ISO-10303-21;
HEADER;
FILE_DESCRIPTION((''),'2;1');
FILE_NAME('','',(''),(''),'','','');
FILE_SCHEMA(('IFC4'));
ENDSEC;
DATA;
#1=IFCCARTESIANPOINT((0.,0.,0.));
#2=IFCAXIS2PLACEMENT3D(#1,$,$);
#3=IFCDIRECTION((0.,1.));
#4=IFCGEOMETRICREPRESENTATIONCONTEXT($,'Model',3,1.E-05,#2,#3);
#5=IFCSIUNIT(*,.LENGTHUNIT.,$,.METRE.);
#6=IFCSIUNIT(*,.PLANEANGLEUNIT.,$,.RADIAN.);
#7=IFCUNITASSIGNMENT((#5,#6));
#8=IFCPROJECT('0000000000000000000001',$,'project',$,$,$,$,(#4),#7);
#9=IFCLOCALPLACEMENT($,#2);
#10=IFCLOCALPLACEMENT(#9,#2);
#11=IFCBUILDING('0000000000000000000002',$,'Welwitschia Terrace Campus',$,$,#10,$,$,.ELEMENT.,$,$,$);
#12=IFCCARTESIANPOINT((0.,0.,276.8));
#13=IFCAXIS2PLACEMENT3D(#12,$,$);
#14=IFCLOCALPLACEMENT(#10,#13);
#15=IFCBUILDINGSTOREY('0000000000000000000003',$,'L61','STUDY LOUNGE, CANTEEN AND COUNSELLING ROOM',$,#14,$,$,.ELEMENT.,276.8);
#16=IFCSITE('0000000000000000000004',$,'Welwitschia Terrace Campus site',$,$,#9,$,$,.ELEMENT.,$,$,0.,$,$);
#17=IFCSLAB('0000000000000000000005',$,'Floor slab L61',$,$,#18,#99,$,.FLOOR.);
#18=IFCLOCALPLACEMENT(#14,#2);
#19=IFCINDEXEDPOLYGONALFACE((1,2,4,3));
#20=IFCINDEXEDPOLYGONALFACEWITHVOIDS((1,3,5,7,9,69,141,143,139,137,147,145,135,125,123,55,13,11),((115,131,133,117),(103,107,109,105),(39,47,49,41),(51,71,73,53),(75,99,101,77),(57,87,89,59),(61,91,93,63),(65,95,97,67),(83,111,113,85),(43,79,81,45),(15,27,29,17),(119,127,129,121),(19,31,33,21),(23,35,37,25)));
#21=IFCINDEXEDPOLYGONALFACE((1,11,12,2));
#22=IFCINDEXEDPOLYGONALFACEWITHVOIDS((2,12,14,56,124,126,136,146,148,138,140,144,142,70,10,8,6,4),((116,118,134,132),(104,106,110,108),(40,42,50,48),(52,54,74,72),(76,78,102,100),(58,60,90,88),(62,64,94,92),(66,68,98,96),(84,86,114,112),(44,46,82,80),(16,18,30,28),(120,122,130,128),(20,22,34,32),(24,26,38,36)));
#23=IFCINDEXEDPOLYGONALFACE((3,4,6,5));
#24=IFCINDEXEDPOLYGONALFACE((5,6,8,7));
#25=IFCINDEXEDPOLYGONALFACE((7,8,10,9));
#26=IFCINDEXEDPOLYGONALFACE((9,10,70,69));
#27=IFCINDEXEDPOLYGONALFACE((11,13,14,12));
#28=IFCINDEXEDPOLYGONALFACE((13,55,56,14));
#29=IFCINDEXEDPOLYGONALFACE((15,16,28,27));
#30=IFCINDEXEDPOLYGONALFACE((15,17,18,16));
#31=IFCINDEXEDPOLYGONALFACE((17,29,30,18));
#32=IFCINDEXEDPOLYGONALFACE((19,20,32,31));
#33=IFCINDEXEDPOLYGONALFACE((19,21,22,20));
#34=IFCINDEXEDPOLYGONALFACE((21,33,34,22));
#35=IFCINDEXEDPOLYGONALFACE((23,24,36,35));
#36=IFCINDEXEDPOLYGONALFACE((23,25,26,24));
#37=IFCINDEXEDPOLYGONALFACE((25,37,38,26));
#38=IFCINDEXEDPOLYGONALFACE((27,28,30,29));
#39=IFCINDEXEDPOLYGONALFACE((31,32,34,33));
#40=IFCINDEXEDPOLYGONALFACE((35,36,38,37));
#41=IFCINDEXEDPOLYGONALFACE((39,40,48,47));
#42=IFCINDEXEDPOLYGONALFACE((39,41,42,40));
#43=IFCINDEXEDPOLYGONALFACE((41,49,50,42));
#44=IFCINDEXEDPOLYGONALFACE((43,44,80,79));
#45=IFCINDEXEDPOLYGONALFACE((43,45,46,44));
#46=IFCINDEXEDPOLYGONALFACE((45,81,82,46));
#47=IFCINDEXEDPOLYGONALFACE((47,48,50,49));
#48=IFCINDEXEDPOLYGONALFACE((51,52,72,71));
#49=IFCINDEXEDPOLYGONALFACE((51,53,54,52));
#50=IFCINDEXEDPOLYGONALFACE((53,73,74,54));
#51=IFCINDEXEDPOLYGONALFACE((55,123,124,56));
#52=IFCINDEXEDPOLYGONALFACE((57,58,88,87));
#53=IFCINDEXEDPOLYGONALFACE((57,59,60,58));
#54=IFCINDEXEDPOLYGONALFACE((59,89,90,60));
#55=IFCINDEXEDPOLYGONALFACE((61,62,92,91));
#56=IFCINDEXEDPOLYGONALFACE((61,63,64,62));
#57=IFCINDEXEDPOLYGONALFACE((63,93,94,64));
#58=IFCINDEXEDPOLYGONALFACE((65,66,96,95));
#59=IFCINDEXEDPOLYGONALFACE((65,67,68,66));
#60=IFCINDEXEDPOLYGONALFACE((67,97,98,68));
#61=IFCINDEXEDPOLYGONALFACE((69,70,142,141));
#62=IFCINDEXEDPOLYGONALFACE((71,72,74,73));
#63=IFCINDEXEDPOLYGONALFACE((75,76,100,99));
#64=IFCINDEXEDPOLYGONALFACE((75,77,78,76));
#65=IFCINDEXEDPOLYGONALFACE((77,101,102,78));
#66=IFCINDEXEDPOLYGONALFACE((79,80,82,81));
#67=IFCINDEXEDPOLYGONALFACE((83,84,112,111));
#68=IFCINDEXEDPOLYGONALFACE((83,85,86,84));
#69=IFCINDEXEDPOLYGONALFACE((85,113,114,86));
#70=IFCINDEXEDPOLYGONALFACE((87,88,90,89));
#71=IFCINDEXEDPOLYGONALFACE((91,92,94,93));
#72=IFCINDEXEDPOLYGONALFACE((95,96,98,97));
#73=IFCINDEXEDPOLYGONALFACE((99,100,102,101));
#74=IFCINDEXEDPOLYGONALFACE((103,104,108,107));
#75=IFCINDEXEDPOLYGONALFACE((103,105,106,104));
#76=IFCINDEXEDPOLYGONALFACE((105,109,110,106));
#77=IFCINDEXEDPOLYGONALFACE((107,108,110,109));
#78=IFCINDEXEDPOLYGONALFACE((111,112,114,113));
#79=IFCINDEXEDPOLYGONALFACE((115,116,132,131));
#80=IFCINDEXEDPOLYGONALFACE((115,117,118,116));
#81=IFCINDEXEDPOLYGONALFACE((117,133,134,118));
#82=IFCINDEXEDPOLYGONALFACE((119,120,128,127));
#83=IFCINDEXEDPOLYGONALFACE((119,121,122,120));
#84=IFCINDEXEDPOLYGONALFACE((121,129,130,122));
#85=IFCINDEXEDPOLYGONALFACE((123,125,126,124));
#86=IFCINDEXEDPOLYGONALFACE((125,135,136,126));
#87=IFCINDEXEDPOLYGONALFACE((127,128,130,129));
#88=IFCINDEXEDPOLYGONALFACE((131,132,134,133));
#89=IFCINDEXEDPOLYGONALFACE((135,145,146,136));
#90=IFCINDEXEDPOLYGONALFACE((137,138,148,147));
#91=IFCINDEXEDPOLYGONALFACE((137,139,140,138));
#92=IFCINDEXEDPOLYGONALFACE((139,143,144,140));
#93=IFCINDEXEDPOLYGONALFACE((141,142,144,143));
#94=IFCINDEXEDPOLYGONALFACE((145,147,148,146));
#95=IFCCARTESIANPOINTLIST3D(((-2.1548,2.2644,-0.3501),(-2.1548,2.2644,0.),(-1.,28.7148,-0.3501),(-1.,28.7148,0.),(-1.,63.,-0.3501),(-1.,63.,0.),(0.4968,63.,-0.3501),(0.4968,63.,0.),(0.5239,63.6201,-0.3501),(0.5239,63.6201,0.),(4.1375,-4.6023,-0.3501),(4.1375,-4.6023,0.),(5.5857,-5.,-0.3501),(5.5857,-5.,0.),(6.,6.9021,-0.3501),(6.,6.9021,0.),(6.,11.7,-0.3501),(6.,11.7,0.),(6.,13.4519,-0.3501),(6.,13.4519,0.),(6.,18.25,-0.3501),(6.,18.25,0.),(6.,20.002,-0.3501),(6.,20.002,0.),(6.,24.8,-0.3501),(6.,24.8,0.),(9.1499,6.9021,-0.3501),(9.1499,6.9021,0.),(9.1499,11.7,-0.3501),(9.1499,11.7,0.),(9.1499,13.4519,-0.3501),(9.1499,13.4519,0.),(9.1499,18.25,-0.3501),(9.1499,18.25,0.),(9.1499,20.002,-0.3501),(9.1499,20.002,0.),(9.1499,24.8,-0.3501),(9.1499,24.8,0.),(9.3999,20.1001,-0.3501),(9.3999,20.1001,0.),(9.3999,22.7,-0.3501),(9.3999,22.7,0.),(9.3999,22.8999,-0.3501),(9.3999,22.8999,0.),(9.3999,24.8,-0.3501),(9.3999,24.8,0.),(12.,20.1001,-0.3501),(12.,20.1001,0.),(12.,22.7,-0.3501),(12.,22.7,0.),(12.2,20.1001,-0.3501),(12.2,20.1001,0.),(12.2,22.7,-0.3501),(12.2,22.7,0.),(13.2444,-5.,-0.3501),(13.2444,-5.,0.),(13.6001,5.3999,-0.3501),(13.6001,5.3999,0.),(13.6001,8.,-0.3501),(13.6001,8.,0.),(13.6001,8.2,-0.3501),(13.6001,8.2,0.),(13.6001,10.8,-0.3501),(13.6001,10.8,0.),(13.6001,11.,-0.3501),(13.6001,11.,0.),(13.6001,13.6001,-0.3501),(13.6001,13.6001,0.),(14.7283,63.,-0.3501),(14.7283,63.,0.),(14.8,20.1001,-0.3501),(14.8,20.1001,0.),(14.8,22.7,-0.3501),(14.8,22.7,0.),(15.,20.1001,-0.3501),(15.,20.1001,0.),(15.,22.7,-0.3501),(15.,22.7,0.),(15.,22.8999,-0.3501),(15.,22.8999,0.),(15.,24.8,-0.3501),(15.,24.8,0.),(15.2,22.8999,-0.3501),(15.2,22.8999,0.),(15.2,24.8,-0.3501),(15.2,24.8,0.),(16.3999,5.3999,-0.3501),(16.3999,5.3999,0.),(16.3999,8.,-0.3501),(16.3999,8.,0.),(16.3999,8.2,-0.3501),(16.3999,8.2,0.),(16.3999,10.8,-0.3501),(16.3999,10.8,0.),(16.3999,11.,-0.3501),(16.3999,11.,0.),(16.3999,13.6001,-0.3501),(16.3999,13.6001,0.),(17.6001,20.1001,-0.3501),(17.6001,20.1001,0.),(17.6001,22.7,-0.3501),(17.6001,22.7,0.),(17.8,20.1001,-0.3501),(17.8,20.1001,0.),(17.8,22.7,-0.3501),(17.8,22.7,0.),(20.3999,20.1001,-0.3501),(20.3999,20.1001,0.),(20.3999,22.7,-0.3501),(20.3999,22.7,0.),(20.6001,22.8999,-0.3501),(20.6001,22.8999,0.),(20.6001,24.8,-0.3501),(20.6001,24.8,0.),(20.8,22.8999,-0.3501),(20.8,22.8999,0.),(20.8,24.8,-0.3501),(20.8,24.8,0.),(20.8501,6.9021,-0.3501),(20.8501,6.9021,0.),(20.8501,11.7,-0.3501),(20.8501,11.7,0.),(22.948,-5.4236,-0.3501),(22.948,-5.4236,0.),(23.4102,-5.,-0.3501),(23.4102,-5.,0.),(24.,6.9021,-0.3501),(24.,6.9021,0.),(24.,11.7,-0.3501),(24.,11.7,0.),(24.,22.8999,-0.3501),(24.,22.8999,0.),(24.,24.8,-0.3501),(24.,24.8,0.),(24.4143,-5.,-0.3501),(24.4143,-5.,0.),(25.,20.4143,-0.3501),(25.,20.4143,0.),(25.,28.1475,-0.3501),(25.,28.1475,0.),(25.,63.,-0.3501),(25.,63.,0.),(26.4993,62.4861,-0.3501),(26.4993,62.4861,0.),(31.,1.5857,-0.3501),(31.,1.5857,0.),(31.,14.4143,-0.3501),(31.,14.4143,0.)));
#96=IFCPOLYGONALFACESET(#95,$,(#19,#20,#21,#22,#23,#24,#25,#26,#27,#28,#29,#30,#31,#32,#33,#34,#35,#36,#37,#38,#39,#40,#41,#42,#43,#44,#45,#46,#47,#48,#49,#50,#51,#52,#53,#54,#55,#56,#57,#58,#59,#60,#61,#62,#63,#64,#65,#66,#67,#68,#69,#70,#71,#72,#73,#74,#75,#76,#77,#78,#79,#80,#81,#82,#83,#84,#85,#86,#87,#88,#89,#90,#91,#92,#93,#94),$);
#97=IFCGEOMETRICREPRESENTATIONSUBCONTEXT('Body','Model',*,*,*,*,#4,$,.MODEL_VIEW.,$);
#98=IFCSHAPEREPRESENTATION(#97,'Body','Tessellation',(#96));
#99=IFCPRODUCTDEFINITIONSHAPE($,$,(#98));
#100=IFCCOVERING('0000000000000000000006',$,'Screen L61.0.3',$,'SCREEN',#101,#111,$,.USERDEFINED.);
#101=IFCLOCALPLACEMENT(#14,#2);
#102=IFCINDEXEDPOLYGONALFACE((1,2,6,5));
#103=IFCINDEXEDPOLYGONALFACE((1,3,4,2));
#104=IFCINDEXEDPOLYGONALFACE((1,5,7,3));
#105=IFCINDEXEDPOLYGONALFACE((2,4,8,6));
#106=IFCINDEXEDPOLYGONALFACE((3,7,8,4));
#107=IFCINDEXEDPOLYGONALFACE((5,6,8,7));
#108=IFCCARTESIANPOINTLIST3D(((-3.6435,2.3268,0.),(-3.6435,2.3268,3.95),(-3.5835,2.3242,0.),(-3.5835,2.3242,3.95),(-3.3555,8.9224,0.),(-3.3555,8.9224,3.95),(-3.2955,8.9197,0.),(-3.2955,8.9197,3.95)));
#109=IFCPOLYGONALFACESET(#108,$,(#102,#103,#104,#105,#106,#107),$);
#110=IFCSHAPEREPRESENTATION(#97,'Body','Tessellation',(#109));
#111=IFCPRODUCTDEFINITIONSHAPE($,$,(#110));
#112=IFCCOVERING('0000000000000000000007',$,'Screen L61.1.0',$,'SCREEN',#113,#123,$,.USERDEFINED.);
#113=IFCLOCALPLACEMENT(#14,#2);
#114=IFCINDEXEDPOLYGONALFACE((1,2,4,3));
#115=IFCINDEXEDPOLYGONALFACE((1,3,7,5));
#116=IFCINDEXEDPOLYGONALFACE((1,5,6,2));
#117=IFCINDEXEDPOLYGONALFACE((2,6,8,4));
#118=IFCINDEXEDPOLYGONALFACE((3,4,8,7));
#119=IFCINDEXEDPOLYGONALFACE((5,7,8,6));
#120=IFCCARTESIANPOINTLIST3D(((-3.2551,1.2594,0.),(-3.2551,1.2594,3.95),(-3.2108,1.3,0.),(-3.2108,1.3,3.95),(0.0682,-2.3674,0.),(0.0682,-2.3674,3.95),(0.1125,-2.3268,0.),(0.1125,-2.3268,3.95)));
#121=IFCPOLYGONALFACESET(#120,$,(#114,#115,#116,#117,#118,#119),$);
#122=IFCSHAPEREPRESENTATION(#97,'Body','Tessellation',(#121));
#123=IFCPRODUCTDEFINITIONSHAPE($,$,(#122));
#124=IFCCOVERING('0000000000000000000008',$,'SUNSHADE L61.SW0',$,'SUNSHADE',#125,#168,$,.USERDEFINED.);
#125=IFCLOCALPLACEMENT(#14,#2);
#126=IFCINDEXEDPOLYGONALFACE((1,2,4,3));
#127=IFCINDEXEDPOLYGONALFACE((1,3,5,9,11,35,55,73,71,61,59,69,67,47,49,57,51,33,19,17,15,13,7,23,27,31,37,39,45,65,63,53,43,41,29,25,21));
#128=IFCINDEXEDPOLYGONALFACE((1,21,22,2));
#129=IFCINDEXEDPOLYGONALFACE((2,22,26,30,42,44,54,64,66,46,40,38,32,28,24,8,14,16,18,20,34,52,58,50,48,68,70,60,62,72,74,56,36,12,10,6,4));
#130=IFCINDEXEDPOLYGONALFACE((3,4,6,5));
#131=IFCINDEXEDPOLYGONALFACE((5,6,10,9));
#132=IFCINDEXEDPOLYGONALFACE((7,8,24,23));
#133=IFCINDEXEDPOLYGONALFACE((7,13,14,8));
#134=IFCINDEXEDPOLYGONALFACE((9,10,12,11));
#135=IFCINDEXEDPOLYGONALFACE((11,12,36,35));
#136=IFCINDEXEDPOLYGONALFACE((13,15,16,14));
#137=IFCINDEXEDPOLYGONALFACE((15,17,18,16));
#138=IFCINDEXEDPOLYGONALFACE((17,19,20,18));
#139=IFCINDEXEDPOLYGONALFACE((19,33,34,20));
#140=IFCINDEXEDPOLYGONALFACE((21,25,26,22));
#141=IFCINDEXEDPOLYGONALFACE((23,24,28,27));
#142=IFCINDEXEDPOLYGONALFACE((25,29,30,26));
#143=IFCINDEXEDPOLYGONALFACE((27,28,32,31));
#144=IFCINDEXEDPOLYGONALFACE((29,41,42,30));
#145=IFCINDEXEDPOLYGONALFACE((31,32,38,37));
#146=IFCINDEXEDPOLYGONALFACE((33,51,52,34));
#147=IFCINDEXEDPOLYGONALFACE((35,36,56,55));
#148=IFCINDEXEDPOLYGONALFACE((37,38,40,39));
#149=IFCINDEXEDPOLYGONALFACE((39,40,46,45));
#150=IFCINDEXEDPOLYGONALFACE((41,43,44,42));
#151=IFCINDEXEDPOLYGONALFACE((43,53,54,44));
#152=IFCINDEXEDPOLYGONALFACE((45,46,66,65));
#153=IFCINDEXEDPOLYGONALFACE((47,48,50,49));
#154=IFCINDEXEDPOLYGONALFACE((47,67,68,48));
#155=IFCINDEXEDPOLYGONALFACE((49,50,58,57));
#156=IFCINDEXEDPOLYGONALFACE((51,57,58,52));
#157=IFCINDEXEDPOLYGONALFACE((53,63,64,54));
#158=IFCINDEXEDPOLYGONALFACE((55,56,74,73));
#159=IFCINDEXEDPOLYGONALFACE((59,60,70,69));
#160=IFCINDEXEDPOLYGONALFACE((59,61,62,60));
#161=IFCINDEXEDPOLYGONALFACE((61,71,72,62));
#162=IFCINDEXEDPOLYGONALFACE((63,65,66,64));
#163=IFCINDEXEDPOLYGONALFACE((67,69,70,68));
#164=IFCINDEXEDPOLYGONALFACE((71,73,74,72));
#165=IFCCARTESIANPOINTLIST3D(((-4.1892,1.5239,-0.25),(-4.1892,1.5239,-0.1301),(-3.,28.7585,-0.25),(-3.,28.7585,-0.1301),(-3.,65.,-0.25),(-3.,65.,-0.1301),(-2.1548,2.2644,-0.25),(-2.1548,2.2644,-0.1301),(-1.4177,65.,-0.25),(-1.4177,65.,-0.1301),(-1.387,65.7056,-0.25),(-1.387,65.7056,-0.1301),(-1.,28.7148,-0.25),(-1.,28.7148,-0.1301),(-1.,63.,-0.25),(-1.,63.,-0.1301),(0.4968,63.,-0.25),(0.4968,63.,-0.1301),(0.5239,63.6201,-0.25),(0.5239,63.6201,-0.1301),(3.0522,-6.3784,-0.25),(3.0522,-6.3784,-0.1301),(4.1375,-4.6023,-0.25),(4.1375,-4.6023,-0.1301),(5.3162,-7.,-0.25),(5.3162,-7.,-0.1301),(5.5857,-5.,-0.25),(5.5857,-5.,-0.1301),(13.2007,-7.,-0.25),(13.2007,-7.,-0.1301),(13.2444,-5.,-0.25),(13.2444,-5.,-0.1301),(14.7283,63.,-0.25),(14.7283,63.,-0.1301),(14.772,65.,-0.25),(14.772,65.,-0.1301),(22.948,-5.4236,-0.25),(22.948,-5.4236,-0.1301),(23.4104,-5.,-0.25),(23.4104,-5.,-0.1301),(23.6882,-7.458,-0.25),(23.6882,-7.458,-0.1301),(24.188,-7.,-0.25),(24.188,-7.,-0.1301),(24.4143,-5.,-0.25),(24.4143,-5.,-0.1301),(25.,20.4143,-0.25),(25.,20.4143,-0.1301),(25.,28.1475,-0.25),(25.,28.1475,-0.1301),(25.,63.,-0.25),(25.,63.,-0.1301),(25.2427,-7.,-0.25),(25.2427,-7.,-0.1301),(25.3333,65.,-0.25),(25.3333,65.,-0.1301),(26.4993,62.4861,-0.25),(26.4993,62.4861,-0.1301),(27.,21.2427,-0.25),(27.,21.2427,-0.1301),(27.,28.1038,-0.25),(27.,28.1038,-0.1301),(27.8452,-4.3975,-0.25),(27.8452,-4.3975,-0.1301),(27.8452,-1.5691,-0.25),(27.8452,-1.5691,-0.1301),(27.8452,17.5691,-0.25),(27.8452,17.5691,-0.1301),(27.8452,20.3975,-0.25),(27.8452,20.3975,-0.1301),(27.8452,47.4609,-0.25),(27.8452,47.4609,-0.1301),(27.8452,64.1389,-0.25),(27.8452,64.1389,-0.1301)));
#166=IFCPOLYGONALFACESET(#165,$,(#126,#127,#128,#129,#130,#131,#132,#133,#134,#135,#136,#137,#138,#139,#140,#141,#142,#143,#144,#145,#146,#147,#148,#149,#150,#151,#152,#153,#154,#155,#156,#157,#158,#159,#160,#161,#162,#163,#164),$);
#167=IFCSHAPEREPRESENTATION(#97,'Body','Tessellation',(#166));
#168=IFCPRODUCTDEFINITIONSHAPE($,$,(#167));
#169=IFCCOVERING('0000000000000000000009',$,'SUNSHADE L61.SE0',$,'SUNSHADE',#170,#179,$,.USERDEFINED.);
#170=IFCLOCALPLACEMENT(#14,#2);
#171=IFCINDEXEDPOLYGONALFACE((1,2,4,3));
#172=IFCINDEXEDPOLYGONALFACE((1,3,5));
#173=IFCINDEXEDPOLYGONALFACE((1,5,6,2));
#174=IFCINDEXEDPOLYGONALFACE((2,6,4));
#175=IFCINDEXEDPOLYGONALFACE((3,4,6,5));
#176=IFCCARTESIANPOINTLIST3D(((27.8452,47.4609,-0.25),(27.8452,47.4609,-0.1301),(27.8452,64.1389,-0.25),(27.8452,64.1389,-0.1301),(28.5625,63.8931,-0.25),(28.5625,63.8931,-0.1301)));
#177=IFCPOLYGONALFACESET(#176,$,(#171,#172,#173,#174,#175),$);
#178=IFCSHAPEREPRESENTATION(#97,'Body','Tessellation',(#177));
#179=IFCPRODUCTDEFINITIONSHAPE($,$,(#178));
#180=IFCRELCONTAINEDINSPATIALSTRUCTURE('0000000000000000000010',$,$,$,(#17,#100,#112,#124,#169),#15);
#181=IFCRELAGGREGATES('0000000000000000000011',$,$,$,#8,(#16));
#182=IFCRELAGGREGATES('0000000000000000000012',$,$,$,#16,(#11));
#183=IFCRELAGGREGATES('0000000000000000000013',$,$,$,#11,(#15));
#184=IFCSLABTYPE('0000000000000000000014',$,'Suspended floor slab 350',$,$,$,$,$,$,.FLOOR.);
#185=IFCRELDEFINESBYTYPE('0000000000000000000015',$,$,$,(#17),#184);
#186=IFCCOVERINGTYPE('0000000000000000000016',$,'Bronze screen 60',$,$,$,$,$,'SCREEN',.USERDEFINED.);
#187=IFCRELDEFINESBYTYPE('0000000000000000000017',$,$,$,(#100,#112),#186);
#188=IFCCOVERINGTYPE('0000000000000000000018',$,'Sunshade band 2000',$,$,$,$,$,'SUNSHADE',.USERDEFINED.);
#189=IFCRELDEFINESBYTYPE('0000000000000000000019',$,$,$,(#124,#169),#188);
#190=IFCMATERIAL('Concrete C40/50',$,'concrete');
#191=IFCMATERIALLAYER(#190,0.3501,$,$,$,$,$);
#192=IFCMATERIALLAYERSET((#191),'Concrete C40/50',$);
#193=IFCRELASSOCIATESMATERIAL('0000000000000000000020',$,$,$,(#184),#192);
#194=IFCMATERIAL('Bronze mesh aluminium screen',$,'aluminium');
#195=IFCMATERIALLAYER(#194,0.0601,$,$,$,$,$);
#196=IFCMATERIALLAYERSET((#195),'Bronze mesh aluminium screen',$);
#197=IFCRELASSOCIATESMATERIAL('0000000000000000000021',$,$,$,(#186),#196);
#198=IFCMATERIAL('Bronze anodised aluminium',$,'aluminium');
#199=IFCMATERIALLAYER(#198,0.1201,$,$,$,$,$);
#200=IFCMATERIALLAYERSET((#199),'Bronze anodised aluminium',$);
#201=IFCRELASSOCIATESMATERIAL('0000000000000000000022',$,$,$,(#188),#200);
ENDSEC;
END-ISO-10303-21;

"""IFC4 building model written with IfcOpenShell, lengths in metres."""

from ifc_helpers import new_model, si_unit, direction, frame, origin, origin_2d, place, context, subcontext, project, spatial, polyline, rectangle, outline, extrude, material, layer, layer_set, type_object, element, save


model = new_model("IFC4")

# Units and contexts
model_context = context("Model", 3, precision=1e-05, world=origin(), true_north=direction((0.0, 1.0)))
body_context = subcontext(model_context, "Body", "Model", "MODEL_VIEW")
ifc_project = project(units=[si_unit("LENGTHUNIT", "METRE"), si_unit("PLANEANGLEUNIT", "RADIAN")], contexts=[model_context])

# Site, building, storey
site_placement = place(None, origin())
site = spatial("IfcSite", under=ifc_project, at=site_placement, Name="Welwitschia Terrace Campus site", CompositionType="ELEMENT", RefElevation=0.0)
building_placement = place(site_placement, origin())
building = spatial("IfcBuilding", under=site, at=building_placement, Name="Welwitschia Terrace Campus", CompositionType="ELEMENT")
storey_placement = place(building_placement, frame((0.0, 0.0, 276.8)))
storey = spatial("IfcBuildingStorey", under=building, at=storey_placement, Name="L61", Description="STUDY LOUNGE, CANTEEN AND COUNSELLING ROOM", CompositionType="ELEMENT", Elevation=276.8)

# Slab
ifc_material_1 = material(Name="Concrete C40/50", Category="concrete")
ifc_layer_1 = layer(ifc_material_1, 0.3501)
ifc_layer_set_1 = layer_set([ifc_layer_1], Name="Concrete C40/50")
slab_type_1 = type_object("IfcSlabType", Name="Suspended floor slab 350", PredefinedType="FLOOR", material=ifc_layer_set_1)
slab_1_placement = place(storey_placement, frame((0.0, 0.0, -0.3501)))
element("IfcSlab", 1, at=slab_1_placement, inside=storey, type_object=slab_type_1, Name="Floor slab L61", PredefinedType="FLOOR", context=body_context, shape_type="SweptSolid", body=[
    extrude(outline(polyline([(0.4968, 63.0), (0.5239, 63.6201), (14.7283, 63.0), (25.0, 63.0), (26.4993, 62.4861), (25.0, 28.1475), (25.0, 20.4143), (31.0, 14.4143), (31.0, 1.5857), (24.4143, -5.0), (23.4102, -5.0), (22.948, -5.4236), (13.2444, -5.0), (5.5857, -5.0), (4.1375, -4.6023), (-2.1548, 2.2644), (-1.0, 28.7148), (-1.0, 63.0), (0.4968, 63.0)]), holes=[polyline([(13.6001, 8.0), (13.6001, 5.3999), (16.3999, 5.3999), (16.3999, 8.0), (13.6001, 8.0)]), polyline([(9.1499, 11.7), (6.0, 11.7), (6.0, 6.9021), (9.1499, 6.9021), (9.1499, 11.7)]), polyline([(9.1499, 18.25), (6.0, 18.25), (6.0, 13.4519), (9.1499, 13.4519), (9.1499, 18.25)]), polyline([(12.0, 22.7), (9.3999, 22.7), (9.3999, 20.1001), (12.0, 20.1001), (12.0, 22.7)]), polyline([(14.8, 22.7), (12.2, 22.7), (12.2, 20.1001), (14.8, 20.1001), (14.8, 22.7)]), polyline([(9.1499, 24.8), (6.0, 24.8), (6.0, 20.002), (9.1499, 20.002), (9.1499, 24.8)]), polyline([(15.0, 24.8), (9.3999, 24.8), (9.3999, 22.8999), (15.0, 22.8999), (15.0, 24.8)]), polyline([(20.8501, 11.7), (20.8501, 6.9021), (24.0, 6.9021), (24.0, 11.7), (20.8501, 11.7)]), polyline([(16.3999, 10.8), (13.6001, 10.8), (13.6001, 8.2), (16.3999, 8.2), (16.3999, 10.8)]), polyline([(16.3999, 13.6001), (13.6001, 13.6001), (13.6001, 11.0), (16.3999, 11.0), (16.3999, 13.6001)]), polyline([(17.6001, 22.7), (15.0, 22.7), (15.0, 20.1001), (17.6001, 20.1001), (17.6001, 22.7)]), polyline([(20.3999, 22.7), (17.8, 22.7), (17.8, 20.1001), (20.3999, 20.1001), (20.3999, 22.7)]), polyline([(20.6001, 24.8), (15.2, 24.8), (15.2, 22.8999), (20.6001, 22.8999), (20.6001, 24.8)]), polyline([(24.0, 24.8), (20.8, 24.8), (20.8, 22.8999), (24.0, 22.8999), (24.0, 24.8)])]), origin(), (0.0, 0.0, 1.0), 0.3501),
])

# Coverings
ifc_material_2 = material(Name="Bronze mesh aluminium screen", Category="aluminium")
ifc_layer_2 = layer(ifc_material_2, 0.0601)
ifc_layer_set_2 = layer_set([ifc_layer_2], Name="Bronze mesh aluminium screen")
covering_type_1 = type_object("IfcCoveringType", Name="Bronze screen 60", ElementType="SCREEN", PredefinedType="USERDEFINED", material=ifc_layer_set_2)
covering_1_placement = place(storey_placement, frame((-3.4695, 5.6233, 0.0), z_axis=(0.0, 0.0, 1.0), x_axis=(-0.043619, -0.999048, 0.0)))
element("IfcCovering", 2, at=covering_1_placement, inside=storey, type_object=covering_type_1, Name="Screen L61.0.3", ObjectType="SCREEN", PredefinedType="USERDEFINED", context=body_context, shape_type="SweptSolid", body=[
    extrude(rectangle(XDim=6.6018, YDim=0.0601, at=origin_2d()), origin(), (0.0, 0.0, 1.0), 3.95),
])
covering_2_placement = place(storey_placement, frame((-1.5713, -0.5337, 0.0), z_axis=(0.0, 0.0, 1.0), x_axis=(0.67559, -0.737277, 0.0)))
element("IfcCovering", 3, at=covering_2_placement, inside=storey, type_object=covering_type_1, Name="Screen L61.1.0", ObjectType="SCREEN", PredefinedType="USERDEFINED", context=body_context, shape_type="SweptSolid", body=[
    extrude(rectangle(XDim=4.9192, YDim=0.0601, at=origin_2d()), origin(), (0.0, 0.0, 1.0), 3.95),
])
ifc_material_3 = material(Name="Bronze anodised aluminium", Category="aluminium")
ifc_layer_3 = layer(ifc_material_3, 0.1201)
ifc_layer_set_3 = layer_set([ifc_layer_3], Name="Bronze anodised aluminium")
covering_type_2 = type_object("IfcCoveringType", Name="Sunshade band 2000", ElementType="SUNSHADE", PredefinedType="USERDEFINED", material=ifc_layer_set_3)
covering_3_placement = place(storey_placement, frame((0.0, 0.0, -0.25)))
element("IfcCovering", 4, at=covering_3_placement, inside=storey, type_object=covering_type_2, Name="SUNSHADE L61.SW0", ObjectType="SUNSHADE", PredefinedType="USERDEFINED", context=body_context, shape_type="SweptSolid", body=[
    extrude(outline(polyline([(-1.387, 65.7056), (14.772, 65.0), (25.3333, 65.0), (27.8452, 64.1389), (27.8452, 47.4609), (27.0, 28.1038), (27.0, 21.2427), (27.8452, 20.3975), (27.8452, 17.5691), (25.0, 20.4143), (25.0, 28.1475), (26.4993, 62.4861), (25.0, 63.0), (14.7283, 63.0), (0.5239, 63.6201), (0.4968, 63.0), (-1.0, 63.0), (-1.0, 28.7148), (-2.1548, 2.2644), (4.1375, -4.6023), (5.5857, -5.0), (13.2444, -5.0), (22.948, -5.4236), (23.4104, -5.0), (24.4143, -5.0), (27.8452, -1.5691), (27.8452, -4.3975), (25.2427, -7.0), (24.188, -7.0), (23.6882, -7.458), (13.2007, -7.0), (5.3162, -7.0), (3.0522, -6.3784), (-4.1892, 1.5239), (-3.0, 28.7585), (-3.0, 65.0), (-1.4177, 65.0), (-1.387, 65.7056)])), origin(), (0.0, 0.0, 1.0), 0.1199),
])
covering_4_placement = place(storey_placement, frame((0.0, 0.0, -0.25)))
element("IfcCovering", 5, at=covering_4_placement, inside=storey, type_object=covering_type_2, Name="SUNSHADE L61.SE0", ObjectType="SUNSHADE", PredefinedType="USERDEFINED", context=body_context, shape_type="SweptSolid", body=[
    extrude(outline(polyline([(28.5625, 63.8931), (27.8452, 47.4609), (27.8452, 64.1389), (28.5625, 63.8931)])), origin(), (0.0, 0.0, 1.0), 0.1199),
])

save(model, "model.ifc")
